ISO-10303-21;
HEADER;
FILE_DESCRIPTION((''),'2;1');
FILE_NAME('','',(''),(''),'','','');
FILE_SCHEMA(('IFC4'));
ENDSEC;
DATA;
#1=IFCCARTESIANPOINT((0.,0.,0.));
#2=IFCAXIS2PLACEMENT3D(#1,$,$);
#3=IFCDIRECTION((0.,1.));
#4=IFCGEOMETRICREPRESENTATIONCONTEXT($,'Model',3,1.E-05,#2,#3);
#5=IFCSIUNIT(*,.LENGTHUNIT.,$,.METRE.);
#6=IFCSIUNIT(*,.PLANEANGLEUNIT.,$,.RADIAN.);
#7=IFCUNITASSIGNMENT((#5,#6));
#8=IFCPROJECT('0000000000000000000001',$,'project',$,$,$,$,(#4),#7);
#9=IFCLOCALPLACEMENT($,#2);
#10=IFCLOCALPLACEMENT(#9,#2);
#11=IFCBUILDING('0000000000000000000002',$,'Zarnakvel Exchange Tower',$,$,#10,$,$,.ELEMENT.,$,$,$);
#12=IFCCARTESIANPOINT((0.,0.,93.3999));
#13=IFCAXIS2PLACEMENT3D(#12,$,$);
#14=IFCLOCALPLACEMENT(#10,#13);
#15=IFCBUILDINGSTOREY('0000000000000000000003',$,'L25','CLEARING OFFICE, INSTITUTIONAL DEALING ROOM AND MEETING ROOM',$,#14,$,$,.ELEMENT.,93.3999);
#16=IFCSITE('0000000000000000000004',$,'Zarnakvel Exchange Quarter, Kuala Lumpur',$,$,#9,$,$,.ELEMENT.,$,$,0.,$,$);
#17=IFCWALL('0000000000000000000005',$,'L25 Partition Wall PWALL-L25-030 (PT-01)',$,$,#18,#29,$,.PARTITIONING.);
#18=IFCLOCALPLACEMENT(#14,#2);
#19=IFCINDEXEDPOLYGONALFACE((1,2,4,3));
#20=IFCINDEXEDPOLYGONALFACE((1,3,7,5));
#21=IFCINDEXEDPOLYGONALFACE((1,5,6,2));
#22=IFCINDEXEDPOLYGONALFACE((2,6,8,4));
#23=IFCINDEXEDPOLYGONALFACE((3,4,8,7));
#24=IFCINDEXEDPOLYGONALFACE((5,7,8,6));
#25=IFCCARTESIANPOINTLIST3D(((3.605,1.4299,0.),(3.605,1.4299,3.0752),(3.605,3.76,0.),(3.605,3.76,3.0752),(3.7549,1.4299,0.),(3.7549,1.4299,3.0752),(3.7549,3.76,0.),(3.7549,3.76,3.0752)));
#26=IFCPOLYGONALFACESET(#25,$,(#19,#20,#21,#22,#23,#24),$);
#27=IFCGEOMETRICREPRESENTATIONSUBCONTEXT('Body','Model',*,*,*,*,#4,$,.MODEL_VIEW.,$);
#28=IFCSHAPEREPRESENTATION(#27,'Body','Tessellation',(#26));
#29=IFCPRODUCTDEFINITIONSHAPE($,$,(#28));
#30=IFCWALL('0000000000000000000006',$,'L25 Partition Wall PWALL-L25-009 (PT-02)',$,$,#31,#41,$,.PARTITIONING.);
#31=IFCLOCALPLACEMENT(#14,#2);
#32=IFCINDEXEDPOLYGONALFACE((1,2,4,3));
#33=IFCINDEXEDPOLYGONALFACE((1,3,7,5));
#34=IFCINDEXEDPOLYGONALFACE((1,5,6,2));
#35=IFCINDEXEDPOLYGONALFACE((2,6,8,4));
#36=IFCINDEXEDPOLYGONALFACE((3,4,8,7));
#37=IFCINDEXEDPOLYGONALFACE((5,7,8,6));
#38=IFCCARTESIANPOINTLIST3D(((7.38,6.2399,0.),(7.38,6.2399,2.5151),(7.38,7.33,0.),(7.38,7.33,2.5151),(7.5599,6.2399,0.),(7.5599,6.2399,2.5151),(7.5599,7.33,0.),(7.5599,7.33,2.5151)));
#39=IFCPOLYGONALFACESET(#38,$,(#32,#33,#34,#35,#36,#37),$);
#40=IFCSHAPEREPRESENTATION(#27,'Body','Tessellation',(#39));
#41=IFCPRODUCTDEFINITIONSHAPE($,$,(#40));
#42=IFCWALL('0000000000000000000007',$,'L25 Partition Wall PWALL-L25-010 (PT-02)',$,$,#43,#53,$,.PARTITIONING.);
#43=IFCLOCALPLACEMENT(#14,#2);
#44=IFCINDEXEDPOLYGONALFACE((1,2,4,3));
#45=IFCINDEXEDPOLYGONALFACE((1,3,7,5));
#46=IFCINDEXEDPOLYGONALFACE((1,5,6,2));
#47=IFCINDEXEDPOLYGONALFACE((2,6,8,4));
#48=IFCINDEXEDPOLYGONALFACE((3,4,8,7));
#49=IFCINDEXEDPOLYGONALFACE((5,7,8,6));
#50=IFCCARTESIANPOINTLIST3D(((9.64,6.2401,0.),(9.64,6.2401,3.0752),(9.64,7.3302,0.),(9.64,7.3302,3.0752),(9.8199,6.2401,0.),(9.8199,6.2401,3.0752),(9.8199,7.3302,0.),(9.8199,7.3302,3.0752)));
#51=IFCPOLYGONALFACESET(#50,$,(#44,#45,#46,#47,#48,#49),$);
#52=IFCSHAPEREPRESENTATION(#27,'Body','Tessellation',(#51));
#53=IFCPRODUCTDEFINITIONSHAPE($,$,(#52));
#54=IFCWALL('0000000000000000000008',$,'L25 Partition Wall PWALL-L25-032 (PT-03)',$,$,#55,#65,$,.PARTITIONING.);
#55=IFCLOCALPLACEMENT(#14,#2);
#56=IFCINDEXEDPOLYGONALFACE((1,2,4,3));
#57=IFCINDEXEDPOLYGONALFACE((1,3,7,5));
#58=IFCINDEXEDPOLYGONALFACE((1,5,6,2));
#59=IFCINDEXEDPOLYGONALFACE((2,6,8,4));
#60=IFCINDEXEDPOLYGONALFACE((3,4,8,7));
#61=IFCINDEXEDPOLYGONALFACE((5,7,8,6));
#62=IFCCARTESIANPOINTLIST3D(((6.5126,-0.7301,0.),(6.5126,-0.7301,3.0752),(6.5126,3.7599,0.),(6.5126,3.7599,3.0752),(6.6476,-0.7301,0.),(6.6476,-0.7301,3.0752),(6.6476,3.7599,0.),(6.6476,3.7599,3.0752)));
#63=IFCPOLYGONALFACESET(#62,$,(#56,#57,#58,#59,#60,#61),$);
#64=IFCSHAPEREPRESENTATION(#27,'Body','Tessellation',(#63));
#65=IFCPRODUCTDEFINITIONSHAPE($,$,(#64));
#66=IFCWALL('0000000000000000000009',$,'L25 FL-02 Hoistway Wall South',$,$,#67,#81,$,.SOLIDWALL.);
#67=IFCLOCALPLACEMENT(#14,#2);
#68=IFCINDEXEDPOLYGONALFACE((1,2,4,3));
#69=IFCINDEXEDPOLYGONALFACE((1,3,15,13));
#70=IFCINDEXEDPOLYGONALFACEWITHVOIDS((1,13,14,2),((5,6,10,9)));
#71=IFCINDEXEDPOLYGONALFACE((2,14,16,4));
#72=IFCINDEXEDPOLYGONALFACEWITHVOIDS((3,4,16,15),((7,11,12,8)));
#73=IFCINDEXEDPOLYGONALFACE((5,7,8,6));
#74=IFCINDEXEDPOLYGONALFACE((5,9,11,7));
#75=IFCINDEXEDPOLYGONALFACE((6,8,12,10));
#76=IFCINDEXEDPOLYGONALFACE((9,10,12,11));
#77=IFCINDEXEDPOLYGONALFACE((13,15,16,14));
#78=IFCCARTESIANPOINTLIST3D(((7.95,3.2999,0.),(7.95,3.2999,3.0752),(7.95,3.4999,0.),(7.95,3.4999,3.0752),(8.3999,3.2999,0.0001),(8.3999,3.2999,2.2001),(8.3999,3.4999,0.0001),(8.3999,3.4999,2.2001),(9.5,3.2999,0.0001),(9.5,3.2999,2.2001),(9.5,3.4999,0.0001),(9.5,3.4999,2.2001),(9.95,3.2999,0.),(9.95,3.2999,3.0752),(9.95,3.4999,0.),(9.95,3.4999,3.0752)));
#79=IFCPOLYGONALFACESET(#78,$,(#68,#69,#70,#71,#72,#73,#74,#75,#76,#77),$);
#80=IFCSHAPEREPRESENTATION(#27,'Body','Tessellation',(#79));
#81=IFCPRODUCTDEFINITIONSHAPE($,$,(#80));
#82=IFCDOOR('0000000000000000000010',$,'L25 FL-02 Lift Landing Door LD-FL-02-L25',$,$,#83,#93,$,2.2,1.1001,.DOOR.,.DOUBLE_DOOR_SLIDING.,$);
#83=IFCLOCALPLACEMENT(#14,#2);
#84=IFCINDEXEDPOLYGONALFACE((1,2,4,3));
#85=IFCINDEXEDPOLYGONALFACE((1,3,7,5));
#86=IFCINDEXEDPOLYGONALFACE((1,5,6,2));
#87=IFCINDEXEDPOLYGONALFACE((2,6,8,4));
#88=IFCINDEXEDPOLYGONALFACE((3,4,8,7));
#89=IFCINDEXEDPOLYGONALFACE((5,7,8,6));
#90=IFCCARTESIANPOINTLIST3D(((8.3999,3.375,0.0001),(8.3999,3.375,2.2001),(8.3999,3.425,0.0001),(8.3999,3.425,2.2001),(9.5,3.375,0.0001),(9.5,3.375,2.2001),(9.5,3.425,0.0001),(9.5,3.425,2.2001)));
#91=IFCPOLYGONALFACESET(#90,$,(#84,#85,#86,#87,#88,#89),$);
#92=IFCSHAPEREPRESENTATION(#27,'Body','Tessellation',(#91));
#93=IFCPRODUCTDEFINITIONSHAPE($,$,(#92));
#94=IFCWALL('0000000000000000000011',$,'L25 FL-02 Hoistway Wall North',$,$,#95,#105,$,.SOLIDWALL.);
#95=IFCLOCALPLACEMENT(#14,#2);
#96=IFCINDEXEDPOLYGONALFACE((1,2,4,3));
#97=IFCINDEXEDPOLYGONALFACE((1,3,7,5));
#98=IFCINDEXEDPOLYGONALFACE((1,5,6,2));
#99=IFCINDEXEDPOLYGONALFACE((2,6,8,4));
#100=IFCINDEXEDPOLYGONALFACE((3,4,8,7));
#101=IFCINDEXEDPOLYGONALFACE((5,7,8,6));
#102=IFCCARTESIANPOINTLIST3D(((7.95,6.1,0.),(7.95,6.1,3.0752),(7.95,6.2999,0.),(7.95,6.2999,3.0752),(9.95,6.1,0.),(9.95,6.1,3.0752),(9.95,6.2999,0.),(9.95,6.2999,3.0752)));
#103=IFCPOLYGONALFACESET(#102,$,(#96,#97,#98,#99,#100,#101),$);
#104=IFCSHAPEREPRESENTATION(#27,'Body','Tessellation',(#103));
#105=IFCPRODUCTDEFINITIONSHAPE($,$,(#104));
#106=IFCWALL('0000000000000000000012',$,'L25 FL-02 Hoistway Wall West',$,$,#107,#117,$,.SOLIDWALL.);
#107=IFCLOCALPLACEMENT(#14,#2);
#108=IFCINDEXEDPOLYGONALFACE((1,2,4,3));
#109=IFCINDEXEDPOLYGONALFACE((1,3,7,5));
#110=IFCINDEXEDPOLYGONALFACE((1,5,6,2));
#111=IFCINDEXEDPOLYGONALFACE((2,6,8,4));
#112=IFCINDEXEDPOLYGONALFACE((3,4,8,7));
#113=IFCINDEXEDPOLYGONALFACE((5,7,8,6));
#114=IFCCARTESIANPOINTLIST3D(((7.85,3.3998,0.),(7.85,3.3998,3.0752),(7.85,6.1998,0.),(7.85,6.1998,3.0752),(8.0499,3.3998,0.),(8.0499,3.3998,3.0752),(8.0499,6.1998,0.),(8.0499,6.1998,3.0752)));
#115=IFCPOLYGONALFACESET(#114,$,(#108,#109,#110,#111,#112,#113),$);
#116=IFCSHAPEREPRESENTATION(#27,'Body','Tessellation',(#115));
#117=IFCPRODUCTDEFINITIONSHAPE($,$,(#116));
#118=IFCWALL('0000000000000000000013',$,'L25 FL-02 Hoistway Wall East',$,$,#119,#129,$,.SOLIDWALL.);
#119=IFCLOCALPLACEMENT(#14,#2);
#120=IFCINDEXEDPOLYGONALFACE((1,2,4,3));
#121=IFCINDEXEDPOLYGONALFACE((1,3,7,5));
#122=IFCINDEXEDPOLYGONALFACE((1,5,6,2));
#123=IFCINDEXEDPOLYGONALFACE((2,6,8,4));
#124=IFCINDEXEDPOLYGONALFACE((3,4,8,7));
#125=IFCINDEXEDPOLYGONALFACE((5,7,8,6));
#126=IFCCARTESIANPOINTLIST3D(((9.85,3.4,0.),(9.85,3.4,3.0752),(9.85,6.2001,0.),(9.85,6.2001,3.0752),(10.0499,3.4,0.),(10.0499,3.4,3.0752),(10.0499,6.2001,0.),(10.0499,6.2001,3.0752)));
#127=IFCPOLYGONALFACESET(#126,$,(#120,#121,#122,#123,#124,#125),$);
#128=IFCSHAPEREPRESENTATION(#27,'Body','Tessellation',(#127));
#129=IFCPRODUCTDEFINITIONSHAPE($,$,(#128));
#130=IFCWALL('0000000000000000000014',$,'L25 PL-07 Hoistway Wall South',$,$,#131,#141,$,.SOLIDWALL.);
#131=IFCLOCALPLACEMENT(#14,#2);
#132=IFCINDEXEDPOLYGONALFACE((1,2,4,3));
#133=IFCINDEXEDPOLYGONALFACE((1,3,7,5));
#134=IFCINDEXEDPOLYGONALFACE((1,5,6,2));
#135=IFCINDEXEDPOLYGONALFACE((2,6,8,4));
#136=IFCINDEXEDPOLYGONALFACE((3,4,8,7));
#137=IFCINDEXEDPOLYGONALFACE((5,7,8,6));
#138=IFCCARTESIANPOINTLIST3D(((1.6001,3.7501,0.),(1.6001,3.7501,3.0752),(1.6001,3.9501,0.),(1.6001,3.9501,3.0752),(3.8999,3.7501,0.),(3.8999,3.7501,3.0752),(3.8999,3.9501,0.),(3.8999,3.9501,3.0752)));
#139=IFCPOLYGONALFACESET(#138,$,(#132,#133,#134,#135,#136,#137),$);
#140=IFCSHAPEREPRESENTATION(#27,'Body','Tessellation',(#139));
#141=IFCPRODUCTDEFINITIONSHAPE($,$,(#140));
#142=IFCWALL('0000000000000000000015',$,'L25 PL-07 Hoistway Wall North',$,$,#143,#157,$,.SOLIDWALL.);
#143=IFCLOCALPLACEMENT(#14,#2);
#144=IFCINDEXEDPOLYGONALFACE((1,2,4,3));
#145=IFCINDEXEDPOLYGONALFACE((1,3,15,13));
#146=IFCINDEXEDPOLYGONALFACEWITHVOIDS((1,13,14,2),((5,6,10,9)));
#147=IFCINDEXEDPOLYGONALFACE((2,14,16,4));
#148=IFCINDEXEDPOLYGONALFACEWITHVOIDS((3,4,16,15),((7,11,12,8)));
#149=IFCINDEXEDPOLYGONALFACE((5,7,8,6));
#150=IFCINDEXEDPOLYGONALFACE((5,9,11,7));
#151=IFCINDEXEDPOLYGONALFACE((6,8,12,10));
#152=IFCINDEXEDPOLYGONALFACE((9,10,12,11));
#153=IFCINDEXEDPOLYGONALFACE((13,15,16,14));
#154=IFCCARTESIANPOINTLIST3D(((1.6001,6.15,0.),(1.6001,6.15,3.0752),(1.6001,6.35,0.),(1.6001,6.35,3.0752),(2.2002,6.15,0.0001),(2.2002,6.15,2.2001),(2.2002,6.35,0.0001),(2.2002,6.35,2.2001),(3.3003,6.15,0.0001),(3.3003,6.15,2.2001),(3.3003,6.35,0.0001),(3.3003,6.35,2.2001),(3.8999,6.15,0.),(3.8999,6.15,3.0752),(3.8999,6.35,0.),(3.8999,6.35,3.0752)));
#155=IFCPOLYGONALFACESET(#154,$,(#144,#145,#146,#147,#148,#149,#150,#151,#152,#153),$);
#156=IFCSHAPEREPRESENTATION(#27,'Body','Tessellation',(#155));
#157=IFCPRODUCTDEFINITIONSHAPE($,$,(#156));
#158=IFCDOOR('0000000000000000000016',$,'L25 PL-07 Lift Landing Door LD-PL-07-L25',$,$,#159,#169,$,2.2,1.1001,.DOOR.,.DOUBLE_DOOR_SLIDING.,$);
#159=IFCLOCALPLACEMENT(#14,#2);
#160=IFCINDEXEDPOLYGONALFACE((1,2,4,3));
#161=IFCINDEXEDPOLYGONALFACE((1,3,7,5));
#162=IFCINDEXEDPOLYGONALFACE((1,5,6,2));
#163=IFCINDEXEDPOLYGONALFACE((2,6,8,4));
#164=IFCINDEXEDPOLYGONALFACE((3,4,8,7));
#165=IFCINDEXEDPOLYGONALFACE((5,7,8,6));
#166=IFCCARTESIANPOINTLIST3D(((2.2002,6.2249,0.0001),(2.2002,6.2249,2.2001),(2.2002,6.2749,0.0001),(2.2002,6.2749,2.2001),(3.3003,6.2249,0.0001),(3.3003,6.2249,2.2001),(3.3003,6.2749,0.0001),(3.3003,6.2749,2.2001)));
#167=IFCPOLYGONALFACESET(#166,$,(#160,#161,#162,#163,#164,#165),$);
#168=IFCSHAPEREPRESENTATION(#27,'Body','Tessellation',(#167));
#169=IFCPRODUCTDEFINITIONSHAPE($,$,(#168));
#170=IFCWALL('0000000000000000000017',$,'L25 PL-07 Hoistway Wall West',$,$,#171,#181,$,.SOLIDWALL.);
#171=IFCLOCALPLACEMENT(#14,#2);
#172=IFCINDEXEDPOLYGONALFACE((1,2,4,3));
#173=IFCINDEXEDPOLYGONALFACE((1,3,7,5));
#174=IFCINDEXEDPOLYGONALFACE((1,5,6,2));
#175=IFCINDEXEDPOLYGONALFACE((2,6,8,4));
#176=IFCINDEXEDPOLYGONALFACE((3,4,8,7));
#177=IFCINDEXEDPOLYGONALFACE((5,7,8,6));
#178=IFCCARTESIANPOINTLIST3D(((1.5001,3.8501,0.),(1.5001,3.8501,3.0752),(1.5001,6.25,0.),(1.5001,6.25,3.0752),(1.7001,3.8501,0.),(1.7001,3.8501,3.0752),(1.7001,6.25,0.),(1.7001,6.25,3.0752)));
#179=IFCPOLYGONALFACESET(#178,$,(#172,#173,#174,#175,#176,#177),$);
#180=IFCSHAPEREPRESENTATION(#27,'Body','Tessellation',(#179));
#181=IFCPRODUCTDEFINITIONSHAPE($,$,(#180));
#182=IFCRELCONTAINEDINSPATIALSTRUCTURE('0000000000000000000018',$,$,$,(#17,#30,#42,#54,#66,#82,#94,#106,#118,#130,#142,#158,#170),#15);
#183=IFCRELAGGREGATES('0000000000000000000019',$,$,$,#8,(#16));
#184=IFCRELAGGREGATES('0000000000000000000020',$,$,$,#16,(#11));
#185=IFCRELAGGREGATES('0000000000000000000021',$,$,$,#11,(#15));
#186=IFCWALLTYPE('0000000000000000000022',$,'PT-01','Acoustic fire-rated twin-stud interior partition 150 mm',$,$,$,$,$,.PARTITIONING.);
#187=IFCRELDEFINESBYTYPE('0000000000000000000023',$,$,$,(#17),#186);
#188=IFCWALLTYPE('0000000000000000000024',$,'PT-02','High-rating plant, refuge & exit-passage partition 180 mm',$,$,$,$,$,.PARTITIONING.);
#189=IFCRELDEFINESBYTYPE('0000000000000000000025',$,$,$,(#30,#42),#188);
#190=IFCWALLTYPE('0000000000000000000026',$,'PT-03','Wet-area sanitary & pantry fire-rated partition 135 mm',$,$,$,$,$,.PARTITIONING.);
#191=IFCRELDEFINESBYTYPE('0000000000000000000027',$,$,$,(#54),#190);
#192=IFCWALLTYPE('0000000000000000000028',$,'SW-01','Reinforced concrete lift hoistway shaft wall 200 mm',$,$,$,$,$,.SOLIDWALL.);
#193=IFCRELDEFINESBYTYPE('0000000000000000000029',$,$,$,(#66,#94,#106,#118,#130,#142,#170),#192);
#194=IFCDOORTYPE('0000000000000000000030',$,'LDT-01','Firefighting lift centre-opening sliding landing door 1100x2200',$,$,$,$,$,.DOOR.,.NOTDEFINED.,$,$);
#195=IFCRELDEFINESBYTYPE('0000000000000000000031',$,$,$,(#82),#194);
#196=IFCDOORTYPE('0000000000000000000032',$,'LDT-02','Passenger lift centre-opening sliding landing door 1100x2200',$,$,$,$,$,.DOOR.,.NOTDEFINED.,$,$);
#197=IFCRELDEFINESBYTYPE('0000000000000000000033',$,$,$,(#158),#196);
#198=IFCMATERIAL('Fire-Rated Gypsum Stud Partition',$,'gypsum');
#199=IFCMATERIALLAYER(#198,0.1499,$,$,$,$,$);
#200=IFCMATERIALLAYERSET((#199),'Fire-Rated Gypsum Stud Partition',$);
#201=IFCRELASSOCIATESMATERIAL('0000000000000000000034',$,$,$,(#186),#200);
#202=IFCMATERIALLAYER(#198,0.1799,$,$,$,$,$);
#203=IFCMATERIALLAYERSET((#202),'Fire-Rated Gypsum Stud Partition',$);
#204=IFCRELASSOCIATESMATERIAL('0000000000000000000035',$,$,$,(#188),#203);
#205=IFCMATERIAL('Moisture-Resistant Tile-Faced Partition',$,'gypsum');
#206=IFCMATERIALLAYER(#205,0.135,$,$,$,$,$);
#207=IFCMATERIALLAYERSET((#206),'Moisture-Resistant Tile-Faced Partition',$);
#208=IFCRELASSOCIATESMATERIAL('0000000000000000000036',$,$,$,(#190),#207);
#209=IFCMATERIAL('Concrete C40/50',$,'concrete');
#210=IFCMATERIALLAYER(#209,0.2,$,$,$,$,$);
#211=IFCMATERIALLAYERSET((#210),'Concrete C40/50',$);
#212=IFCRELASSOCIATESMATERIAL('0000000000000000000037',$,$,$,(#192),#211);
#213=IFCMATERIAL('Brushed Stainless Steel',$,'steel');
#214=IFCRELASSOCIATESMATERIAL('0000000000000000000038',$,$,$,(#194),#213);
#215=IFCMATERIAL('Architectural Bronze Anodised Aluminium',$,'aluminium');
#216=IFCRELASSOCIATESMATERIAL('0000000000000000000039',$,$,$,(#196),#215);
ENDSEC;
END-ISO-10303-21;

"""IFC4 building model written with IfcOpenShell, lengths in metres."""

from ifc_helpers import new_model, si_unit, direction, frame, frame_2d, origin, place, context, subcontext, project, spatial, rectangle, extrude, source, transform, mapped, material, layer, layer_set, type_object, element, fill, save


model = new_model("IFC4")

# Units and contexts
model_context = context("Model", 3, precision=1e-05, world=origin(), true_north=direction((0.0, 1.0)))
body_context = subcontext(model_context, "Body", "Model", "MODEL_VIEW")
ifc_project = project(units=[si_unit("LENGTHUNIT", "METRE"), si_unit("PLANEANGLEUNIT", "RADIAN")], contexts=[model_context])

# Site, building, storey
site_placement = place(None, origin())
site = spatial("IfcSite", under=ifc_project, at=site_placement, Name="Zarnakvel Exchange Quarter, Kuala Lumpur", CompositionType="ELEMENT", RefElevation=0.0)
building_placement = place(site_placement, origin())
building = spatial("IfcBuilding", under=site, at=building_placement, Name="Zarnakvel Exchange Tower", CompositionType="ELEMENT")
storey_placement = place(building_placement, frame((0.0, 0.0, 93.3999)))
storey = spatial("IfcBuildingStorey", under=building, at=storey_placement, Name="L25", Description="CLEARING OFFICE, INSTITUTIONAL DEALING ROOM AND MEETING ROOM", CompositionType="ELEMENT", Elevation=93.3999)

# Walls
ifc_material_1 = material(Name="Fire-Rated Gypsum Stud Partition", Category="gypsum")
ifc_layer_1 = layer(ifc_material_1, 0.1499)
ifc_layer_set_1 = layer_set([ifc_layer_1], Name="Fire-Rated Gypsum Stud Partition")
wall_type_1 = type_object("IfcWallType", Name="PT-01", Description="Acoustic fire-rated twin-stud interior partition 150 mm", PredefinedType="PARTITIONING", material=ifc_layer_set_1)
wall_1_placement = place(storey_placement, frame((3.6799, 3.76, 0.0), z_axis=(0.0, 0.0, 1.0), x_axis=(0.0, -1.0, 0.0)))
element("IfcWall", 1, at=wall_1_placement, inside=storey, type_object=wall_type_1, Name="L25 Partition Wall PWALL-L25-030 (PT-01)", PredefinedType="PARTITIONING", context=body_context, shape_type="SweptSolid", body=[
    extrude(rectangle(XDim=2.3301, YDim=0.1499, at=frame_2d((1.165, 0.0))), origin(), (0.0, 0.0, 1.0), 3.0752),
])
ifc_layer_2 = layer(ifc_material_1, 0.1799)
ifc_layer_set_2 = layer_set([ifc_layer_2], Name="Fire-Rated Gypsum Stud Partition")
wall_type_2 = type_object("IfcWallType", Name="PT-02", Description="High-rating plant, refuge & exit-passage partition 180 mm", PredefinedType="PARTITIONING", material=ifc_layer_set_2)
wall_2_placement = place(storey_placement, frame((7.47, 6.24, 0.0), z_axis=(0.0, 0.0, 1.0), x_axis=(0.0, 1.0, 0.0)))
element("IfcWall", 2, at=wall_2_placement, inside=storey, type_object=wall_type_2, Name="L25 Partition Wall PWALL-L25-009 (PT-02)", PredefinedType="PARTITIONING", context=body_context, shape_type="SweptSolid", body=[
    extrude(rectangle(XDim=1.0901, YDim=0.1799, at=frame_2d((0.5449, 0.0))), origin(), (0.0, 0.0, 1.0), 2.5151),
])
wall_3_placement = place(storey_placement, frame((9.73, 7.3301, 0.0), z_axis=(0.0, 0.0, 1.0), x_axis=(0.0, -1.0, 0.0)))
element("IfcWall", 3, at=wall_3_placement, inside=storey, type_object=wall_type_2, Name="L25 Partition Wall PWALL-L25-010 (PT-02)", PredefinedType="PARTITIONING", context=body_context, shape_type="SweptSolid", body=[
    extrude(rectangle(XDim=1.0901, YDim=0.1799, at=frame_2d((0.5449, 0.0))), origin(), (0.0, 0.0, 1.0), 3.0752),
])
ifc_material_2 = material(Name="Moisture-Resistant Tile-Faced Partition", Category="gypsum")
ifc_layer_3 = layer(ifc_material_2, 0.135)
ifc_layer_set_3 = layer_set([ifc_layer_3], Name="Moisture-Resistant Tile-Faced Partition")
wall_type_3 = type_object("IfcWallType", Name="PT-03", Description="Wet-area sanitary & pantry fire-rated partition 135 mm", PredefinedType="PARTITIONING", material=ifc_layer_set_3)
wall_4_placement = place(storey_placement, frame((6.5801, 3.76, 0.0), z_axis=(0.0, 0.0, 1.0), x_axis=(0.0, -1.0, 0.0)))
element("IfcWall", 4, at=wall_4_placement, inside=storey, type_object=wall_type_3, Name="L25 Partition Wall PWALL-L25-032 (PT-03)", PredefinedType="PARTITIONING", context=body_context, shape_type="SweptSolid", body=[
    extrude(rectangle(XDim=4.49, YDim=0.135, at=frame_2d((2.2451, 0.0))), origin(), (0.0, 0.0, 1.0), 3.0752),
])

# Wall, opening, door
ifc_material_3 = material(Name="Concrete C40/50", Category="concrete")
ifc_layer_4 = layer(ifc_material_3, 0.2)
ifc_layer_set_4 = layer_set([ifc_layer_4], Name="Concrete C40/50")
wall_type_4 = type_object("IfcWallType", Name="SW-01", Description="Reinforced concrete lift hoistway shaft wall 200 mm", PredefinedType="SOLIDWALL", material=ifc_layer_set_4)
wall_5_placement = place(storey_placement, frame((9.95, 3.3999, 0.0), z_axis=(0.0, 0.0, 1.0), x_axis=(-1.0, 0.0, 0.0)))
wall_5 = element("IfcWall", 5, at=wall_5_placement, inside=storey, type_object=wall_type_4, Name="L25 FL-02 Hoistway Wall South", PredefinedType="SOLIDWALL", context=body_context, shape_type="SweptSolid", body=[
    extrude(rectangle(XDim=2.0, YDim=0.2, at=frame_2d((1.0, 0.0))), origin(), (0.0, 0.0, 1.0), 3.0752),
])
opening_1_placement = place(wall_5_placement, frame((0.45, 0.0, 0.0)))
opening_1 = element("IfcOpeningElement", 6, at=opening_1_placement, cuts=wall_5, PredefinedType="OPENING", context=body_context, shape_type="SweptSolid", body=[
    extrude(rectangle(XDim=1.1001, YDim=2.2, at=frame_2d((0.55, 1.1001))), frame((0.0, 0.1099, 0.0), z_axis=(0.0, -1.0, 0.0), x_axis=(1.0, 0.0, 0.0)), (0.0, 0.0, 1.0), 0.22),
])
ifc_material_4 = material(Name="Brushed Stainless Steel", Category="steel")
door_type_1 = type_object("IfcDoorType", Name="LDT-01", Description="Firefighting lift centre-opening sliding landing door 1100x2200", OperationType="NOTDEFINED", PredefinedType="DOOR", material=ifc_material_4)
shared_shape_1 = source(origin(), body_context, "Body", "SweptSolid", [
    extrude(rectangle(XDim=1.1001, YDim=2.2, at=frame_2d((0.55, 1.1001))), frame((0.0, 0.0249, 0.0), z_axis=(0.0, -1.0, 0.0), x_axis=(1.0, 0.0, 0.0)), (0.0, 0.0, 1.0), 0.05),
])
door_1_placement = place(opening_1_placement, origin())
door_1 = element("IfcDoor", 7, at=door_1_placement, inside=storey, type_object=door_type_1, Name="L25 FL-02 Lift Landing Door LD-FL-02-L25", OperationType="DOUBLE_DOOR_SLIDING", OverallHeight=2.2, OverallWidth=1.1001, PredefinedType="DOOR", context=body_context, shape_type="MappedRepresentation", body=[
    mapped(shared_shape_1, transform((0.0, 0.0, 0.0), x_axis=(1.0, 0.0, 0.0), y_axis=(0.0, 1.0, 0.0), z_axis=(0.0, 0.0, 1.0), scale=1.0)),
])
fill(opening_1, door_1)

# Walls
wall_6_placement = place(storey_placement, frame((7.95, 6.2, 0.0), z_axis=(0.0, 0.0, 1.0), x_axis=(1.0, 0.0, 0.0)))
element("IfcWall", 8, at=wall_6_placement, inside=storey, type_object=wall_type_4, Name="L25 FL-02 Hoistway Wall North", PredefinedType="SOLIDWALL", context=body_context, shape_type="SweptSolid", body=[
    extrude(rectangle(XDim=2.0, YDim=0.2, at=frame_2d((1.0, 0.0))), origin(), (0.0, 0.0, 1.0), 3.0752),
])
for number, where, z_axis, x_axis, name in (
    (9, (7.95, 3.3999, 0.0), (0.0, 0.0, 1.0), (0.0, 1.0, 0.0), "L25 FL-02 Hoistway Wall West"),
    (10, (9.95, 6.2, 0.0), (0.0, 0.0, 1.0), (0.0, -1.0, 0.0), "L25 FL-02 Hoistway Wall East"),
):
    element("IfcWall", number, at=place(storey_placement, frame(where, z_axis=z_axis, x_axis=x_axis)), inside=storey, type_object=wall_type_4, Name=name, PredefinedType="SOLIDWALL", context=body_context, shape_type="SweptSolid", body=[
        extrude(rectangle(XDim=2.8, YDim=0.2, at=frame_2d((1.3999, 0.0))), origin(), (0.0, 0.0, 1.0), 3.0752),
    ])
wall_7_placement = place(storey_placement, frame((3.8999, 3.8501, 0.0), z_axis=(0.0, 0.0, 1.0), x_axis=(-1.0, 0.0, 0.0)))
element("IfcWall", 11, at=wall_7_placement, inside=storey, type_object=wall_type_4, Name="L25 PL-07 Hoistway Wall South", PredefinedType="SOLIDWALL", context=body_context, shape_type="SweptSolid", body=[
    extrude(rectangle(XDim=2.2998, YDim=0.2, at=frame_2d((1.1499, 0.0))), origin(), (0.0, 0.0, 1.0), 3.0752),
])

# Wall, opening, door
wall_8_placement = place(storey_placement, frame((1.6001, 6.25, 0.0), z_axis=(0.0, 0.0, 1.0), x_axis=(1.0, 0.0, 0.0)))
wall_8 = element("IfcWall", 12, at=wall_8_placement, inside=storey, type_object=wall_type_4, Name="L25 PL-07 Hoistway Wall North", PredefinedType="SOLIDWALL", context=body_context, shape_type="SweptSolid", body=[
    extrude(rectangle(XDim=2.2998, YDim=0.2, at=frame_2d((1.1499, 0.0))), origin(), (0.0, 0.0, 1.0), 3.0752),
])
opening_2_placement = place(wall_8_placement, frame((0.6001, 0.0, 0.0)))
opening_2 = element("IfcOpeningElement", 13, at=opening_2_placement, cuts=wall_8, PredefinedType="OPENING", context=body_context, shape_type="SweptSolid", body=[
    extrude(rectangle(XDim=1.1001, YDim=2.2, at=frame_2d((0.55, 1.1001))), frame((0.0, 0.1099, 0.0), z_axis=(0.0, -1.0, 0.0), x_axis=(1.0, 0.0, 0.0)), (0.0, 0.0, 1.0), 0.22),
])
ifc_material_5 = material(Name="Architectural Bronze Anodised Aluminium", Category="aluminium")
door_type_2 = type_object("IfcDoorType", Name="LDT-02", Description="Passenger lift centre-opening sliding landing door 1100x2200", OperationType="NOTDEFINED", PredefinedType="DOOR", material=ifc_material_5)
door_2_placement = place(opening_2_placement, origin())
door_2 = element("IfcDoor", 14, at=door_2_placement, inside=storey, type_object=door_type_2, Name="L25 PL-07 Lift Landing Door LD-PL-07-L25", OperationType="DOUBLE_DOOR_SLIDING", OverallHeight=2.2, OverallWidth=1.1001, PredefinedType="DOOR", context=body_context, shape_type="MappedRepresentation", body=[
    mapped(shared_shape_1, transform((0.0, 0.0, 0.0), x_axis=(1.0, 0.0, 0.0), y_axis=(0.0, 1.0, 0.0), z_axis=(0.0, 0.0, 1.0), scale=1.0)),
])
fill(opening_2, door_2)

# Wall
for number, where, z_axis, x_axis, name in (
    (15, (1.6001, 3.8501, 0.0), (0.0, 0.0, 1.0), (0.0, 1.0, 0.0), "L25 PL-07 Hoistway Wall West"),
):
    element("IfcWall", number, at=place(storey_placement, frame(where, z_axis=z_axis, x_axis=x_axis)), inside=storey, type_object=wall_type_4, Name=name, PredefinedType="SOLIDWALL", context=body_context, shape_type="SweptSolid", body=[
        extrude(rectangle(XDim=2.3999, YDim=0.2, at=frame_2d((1.2, 0.0))), origin(), (0.0, 0.0, 1.0), 3.0752),
    ])

save(model, "model.ifc")
